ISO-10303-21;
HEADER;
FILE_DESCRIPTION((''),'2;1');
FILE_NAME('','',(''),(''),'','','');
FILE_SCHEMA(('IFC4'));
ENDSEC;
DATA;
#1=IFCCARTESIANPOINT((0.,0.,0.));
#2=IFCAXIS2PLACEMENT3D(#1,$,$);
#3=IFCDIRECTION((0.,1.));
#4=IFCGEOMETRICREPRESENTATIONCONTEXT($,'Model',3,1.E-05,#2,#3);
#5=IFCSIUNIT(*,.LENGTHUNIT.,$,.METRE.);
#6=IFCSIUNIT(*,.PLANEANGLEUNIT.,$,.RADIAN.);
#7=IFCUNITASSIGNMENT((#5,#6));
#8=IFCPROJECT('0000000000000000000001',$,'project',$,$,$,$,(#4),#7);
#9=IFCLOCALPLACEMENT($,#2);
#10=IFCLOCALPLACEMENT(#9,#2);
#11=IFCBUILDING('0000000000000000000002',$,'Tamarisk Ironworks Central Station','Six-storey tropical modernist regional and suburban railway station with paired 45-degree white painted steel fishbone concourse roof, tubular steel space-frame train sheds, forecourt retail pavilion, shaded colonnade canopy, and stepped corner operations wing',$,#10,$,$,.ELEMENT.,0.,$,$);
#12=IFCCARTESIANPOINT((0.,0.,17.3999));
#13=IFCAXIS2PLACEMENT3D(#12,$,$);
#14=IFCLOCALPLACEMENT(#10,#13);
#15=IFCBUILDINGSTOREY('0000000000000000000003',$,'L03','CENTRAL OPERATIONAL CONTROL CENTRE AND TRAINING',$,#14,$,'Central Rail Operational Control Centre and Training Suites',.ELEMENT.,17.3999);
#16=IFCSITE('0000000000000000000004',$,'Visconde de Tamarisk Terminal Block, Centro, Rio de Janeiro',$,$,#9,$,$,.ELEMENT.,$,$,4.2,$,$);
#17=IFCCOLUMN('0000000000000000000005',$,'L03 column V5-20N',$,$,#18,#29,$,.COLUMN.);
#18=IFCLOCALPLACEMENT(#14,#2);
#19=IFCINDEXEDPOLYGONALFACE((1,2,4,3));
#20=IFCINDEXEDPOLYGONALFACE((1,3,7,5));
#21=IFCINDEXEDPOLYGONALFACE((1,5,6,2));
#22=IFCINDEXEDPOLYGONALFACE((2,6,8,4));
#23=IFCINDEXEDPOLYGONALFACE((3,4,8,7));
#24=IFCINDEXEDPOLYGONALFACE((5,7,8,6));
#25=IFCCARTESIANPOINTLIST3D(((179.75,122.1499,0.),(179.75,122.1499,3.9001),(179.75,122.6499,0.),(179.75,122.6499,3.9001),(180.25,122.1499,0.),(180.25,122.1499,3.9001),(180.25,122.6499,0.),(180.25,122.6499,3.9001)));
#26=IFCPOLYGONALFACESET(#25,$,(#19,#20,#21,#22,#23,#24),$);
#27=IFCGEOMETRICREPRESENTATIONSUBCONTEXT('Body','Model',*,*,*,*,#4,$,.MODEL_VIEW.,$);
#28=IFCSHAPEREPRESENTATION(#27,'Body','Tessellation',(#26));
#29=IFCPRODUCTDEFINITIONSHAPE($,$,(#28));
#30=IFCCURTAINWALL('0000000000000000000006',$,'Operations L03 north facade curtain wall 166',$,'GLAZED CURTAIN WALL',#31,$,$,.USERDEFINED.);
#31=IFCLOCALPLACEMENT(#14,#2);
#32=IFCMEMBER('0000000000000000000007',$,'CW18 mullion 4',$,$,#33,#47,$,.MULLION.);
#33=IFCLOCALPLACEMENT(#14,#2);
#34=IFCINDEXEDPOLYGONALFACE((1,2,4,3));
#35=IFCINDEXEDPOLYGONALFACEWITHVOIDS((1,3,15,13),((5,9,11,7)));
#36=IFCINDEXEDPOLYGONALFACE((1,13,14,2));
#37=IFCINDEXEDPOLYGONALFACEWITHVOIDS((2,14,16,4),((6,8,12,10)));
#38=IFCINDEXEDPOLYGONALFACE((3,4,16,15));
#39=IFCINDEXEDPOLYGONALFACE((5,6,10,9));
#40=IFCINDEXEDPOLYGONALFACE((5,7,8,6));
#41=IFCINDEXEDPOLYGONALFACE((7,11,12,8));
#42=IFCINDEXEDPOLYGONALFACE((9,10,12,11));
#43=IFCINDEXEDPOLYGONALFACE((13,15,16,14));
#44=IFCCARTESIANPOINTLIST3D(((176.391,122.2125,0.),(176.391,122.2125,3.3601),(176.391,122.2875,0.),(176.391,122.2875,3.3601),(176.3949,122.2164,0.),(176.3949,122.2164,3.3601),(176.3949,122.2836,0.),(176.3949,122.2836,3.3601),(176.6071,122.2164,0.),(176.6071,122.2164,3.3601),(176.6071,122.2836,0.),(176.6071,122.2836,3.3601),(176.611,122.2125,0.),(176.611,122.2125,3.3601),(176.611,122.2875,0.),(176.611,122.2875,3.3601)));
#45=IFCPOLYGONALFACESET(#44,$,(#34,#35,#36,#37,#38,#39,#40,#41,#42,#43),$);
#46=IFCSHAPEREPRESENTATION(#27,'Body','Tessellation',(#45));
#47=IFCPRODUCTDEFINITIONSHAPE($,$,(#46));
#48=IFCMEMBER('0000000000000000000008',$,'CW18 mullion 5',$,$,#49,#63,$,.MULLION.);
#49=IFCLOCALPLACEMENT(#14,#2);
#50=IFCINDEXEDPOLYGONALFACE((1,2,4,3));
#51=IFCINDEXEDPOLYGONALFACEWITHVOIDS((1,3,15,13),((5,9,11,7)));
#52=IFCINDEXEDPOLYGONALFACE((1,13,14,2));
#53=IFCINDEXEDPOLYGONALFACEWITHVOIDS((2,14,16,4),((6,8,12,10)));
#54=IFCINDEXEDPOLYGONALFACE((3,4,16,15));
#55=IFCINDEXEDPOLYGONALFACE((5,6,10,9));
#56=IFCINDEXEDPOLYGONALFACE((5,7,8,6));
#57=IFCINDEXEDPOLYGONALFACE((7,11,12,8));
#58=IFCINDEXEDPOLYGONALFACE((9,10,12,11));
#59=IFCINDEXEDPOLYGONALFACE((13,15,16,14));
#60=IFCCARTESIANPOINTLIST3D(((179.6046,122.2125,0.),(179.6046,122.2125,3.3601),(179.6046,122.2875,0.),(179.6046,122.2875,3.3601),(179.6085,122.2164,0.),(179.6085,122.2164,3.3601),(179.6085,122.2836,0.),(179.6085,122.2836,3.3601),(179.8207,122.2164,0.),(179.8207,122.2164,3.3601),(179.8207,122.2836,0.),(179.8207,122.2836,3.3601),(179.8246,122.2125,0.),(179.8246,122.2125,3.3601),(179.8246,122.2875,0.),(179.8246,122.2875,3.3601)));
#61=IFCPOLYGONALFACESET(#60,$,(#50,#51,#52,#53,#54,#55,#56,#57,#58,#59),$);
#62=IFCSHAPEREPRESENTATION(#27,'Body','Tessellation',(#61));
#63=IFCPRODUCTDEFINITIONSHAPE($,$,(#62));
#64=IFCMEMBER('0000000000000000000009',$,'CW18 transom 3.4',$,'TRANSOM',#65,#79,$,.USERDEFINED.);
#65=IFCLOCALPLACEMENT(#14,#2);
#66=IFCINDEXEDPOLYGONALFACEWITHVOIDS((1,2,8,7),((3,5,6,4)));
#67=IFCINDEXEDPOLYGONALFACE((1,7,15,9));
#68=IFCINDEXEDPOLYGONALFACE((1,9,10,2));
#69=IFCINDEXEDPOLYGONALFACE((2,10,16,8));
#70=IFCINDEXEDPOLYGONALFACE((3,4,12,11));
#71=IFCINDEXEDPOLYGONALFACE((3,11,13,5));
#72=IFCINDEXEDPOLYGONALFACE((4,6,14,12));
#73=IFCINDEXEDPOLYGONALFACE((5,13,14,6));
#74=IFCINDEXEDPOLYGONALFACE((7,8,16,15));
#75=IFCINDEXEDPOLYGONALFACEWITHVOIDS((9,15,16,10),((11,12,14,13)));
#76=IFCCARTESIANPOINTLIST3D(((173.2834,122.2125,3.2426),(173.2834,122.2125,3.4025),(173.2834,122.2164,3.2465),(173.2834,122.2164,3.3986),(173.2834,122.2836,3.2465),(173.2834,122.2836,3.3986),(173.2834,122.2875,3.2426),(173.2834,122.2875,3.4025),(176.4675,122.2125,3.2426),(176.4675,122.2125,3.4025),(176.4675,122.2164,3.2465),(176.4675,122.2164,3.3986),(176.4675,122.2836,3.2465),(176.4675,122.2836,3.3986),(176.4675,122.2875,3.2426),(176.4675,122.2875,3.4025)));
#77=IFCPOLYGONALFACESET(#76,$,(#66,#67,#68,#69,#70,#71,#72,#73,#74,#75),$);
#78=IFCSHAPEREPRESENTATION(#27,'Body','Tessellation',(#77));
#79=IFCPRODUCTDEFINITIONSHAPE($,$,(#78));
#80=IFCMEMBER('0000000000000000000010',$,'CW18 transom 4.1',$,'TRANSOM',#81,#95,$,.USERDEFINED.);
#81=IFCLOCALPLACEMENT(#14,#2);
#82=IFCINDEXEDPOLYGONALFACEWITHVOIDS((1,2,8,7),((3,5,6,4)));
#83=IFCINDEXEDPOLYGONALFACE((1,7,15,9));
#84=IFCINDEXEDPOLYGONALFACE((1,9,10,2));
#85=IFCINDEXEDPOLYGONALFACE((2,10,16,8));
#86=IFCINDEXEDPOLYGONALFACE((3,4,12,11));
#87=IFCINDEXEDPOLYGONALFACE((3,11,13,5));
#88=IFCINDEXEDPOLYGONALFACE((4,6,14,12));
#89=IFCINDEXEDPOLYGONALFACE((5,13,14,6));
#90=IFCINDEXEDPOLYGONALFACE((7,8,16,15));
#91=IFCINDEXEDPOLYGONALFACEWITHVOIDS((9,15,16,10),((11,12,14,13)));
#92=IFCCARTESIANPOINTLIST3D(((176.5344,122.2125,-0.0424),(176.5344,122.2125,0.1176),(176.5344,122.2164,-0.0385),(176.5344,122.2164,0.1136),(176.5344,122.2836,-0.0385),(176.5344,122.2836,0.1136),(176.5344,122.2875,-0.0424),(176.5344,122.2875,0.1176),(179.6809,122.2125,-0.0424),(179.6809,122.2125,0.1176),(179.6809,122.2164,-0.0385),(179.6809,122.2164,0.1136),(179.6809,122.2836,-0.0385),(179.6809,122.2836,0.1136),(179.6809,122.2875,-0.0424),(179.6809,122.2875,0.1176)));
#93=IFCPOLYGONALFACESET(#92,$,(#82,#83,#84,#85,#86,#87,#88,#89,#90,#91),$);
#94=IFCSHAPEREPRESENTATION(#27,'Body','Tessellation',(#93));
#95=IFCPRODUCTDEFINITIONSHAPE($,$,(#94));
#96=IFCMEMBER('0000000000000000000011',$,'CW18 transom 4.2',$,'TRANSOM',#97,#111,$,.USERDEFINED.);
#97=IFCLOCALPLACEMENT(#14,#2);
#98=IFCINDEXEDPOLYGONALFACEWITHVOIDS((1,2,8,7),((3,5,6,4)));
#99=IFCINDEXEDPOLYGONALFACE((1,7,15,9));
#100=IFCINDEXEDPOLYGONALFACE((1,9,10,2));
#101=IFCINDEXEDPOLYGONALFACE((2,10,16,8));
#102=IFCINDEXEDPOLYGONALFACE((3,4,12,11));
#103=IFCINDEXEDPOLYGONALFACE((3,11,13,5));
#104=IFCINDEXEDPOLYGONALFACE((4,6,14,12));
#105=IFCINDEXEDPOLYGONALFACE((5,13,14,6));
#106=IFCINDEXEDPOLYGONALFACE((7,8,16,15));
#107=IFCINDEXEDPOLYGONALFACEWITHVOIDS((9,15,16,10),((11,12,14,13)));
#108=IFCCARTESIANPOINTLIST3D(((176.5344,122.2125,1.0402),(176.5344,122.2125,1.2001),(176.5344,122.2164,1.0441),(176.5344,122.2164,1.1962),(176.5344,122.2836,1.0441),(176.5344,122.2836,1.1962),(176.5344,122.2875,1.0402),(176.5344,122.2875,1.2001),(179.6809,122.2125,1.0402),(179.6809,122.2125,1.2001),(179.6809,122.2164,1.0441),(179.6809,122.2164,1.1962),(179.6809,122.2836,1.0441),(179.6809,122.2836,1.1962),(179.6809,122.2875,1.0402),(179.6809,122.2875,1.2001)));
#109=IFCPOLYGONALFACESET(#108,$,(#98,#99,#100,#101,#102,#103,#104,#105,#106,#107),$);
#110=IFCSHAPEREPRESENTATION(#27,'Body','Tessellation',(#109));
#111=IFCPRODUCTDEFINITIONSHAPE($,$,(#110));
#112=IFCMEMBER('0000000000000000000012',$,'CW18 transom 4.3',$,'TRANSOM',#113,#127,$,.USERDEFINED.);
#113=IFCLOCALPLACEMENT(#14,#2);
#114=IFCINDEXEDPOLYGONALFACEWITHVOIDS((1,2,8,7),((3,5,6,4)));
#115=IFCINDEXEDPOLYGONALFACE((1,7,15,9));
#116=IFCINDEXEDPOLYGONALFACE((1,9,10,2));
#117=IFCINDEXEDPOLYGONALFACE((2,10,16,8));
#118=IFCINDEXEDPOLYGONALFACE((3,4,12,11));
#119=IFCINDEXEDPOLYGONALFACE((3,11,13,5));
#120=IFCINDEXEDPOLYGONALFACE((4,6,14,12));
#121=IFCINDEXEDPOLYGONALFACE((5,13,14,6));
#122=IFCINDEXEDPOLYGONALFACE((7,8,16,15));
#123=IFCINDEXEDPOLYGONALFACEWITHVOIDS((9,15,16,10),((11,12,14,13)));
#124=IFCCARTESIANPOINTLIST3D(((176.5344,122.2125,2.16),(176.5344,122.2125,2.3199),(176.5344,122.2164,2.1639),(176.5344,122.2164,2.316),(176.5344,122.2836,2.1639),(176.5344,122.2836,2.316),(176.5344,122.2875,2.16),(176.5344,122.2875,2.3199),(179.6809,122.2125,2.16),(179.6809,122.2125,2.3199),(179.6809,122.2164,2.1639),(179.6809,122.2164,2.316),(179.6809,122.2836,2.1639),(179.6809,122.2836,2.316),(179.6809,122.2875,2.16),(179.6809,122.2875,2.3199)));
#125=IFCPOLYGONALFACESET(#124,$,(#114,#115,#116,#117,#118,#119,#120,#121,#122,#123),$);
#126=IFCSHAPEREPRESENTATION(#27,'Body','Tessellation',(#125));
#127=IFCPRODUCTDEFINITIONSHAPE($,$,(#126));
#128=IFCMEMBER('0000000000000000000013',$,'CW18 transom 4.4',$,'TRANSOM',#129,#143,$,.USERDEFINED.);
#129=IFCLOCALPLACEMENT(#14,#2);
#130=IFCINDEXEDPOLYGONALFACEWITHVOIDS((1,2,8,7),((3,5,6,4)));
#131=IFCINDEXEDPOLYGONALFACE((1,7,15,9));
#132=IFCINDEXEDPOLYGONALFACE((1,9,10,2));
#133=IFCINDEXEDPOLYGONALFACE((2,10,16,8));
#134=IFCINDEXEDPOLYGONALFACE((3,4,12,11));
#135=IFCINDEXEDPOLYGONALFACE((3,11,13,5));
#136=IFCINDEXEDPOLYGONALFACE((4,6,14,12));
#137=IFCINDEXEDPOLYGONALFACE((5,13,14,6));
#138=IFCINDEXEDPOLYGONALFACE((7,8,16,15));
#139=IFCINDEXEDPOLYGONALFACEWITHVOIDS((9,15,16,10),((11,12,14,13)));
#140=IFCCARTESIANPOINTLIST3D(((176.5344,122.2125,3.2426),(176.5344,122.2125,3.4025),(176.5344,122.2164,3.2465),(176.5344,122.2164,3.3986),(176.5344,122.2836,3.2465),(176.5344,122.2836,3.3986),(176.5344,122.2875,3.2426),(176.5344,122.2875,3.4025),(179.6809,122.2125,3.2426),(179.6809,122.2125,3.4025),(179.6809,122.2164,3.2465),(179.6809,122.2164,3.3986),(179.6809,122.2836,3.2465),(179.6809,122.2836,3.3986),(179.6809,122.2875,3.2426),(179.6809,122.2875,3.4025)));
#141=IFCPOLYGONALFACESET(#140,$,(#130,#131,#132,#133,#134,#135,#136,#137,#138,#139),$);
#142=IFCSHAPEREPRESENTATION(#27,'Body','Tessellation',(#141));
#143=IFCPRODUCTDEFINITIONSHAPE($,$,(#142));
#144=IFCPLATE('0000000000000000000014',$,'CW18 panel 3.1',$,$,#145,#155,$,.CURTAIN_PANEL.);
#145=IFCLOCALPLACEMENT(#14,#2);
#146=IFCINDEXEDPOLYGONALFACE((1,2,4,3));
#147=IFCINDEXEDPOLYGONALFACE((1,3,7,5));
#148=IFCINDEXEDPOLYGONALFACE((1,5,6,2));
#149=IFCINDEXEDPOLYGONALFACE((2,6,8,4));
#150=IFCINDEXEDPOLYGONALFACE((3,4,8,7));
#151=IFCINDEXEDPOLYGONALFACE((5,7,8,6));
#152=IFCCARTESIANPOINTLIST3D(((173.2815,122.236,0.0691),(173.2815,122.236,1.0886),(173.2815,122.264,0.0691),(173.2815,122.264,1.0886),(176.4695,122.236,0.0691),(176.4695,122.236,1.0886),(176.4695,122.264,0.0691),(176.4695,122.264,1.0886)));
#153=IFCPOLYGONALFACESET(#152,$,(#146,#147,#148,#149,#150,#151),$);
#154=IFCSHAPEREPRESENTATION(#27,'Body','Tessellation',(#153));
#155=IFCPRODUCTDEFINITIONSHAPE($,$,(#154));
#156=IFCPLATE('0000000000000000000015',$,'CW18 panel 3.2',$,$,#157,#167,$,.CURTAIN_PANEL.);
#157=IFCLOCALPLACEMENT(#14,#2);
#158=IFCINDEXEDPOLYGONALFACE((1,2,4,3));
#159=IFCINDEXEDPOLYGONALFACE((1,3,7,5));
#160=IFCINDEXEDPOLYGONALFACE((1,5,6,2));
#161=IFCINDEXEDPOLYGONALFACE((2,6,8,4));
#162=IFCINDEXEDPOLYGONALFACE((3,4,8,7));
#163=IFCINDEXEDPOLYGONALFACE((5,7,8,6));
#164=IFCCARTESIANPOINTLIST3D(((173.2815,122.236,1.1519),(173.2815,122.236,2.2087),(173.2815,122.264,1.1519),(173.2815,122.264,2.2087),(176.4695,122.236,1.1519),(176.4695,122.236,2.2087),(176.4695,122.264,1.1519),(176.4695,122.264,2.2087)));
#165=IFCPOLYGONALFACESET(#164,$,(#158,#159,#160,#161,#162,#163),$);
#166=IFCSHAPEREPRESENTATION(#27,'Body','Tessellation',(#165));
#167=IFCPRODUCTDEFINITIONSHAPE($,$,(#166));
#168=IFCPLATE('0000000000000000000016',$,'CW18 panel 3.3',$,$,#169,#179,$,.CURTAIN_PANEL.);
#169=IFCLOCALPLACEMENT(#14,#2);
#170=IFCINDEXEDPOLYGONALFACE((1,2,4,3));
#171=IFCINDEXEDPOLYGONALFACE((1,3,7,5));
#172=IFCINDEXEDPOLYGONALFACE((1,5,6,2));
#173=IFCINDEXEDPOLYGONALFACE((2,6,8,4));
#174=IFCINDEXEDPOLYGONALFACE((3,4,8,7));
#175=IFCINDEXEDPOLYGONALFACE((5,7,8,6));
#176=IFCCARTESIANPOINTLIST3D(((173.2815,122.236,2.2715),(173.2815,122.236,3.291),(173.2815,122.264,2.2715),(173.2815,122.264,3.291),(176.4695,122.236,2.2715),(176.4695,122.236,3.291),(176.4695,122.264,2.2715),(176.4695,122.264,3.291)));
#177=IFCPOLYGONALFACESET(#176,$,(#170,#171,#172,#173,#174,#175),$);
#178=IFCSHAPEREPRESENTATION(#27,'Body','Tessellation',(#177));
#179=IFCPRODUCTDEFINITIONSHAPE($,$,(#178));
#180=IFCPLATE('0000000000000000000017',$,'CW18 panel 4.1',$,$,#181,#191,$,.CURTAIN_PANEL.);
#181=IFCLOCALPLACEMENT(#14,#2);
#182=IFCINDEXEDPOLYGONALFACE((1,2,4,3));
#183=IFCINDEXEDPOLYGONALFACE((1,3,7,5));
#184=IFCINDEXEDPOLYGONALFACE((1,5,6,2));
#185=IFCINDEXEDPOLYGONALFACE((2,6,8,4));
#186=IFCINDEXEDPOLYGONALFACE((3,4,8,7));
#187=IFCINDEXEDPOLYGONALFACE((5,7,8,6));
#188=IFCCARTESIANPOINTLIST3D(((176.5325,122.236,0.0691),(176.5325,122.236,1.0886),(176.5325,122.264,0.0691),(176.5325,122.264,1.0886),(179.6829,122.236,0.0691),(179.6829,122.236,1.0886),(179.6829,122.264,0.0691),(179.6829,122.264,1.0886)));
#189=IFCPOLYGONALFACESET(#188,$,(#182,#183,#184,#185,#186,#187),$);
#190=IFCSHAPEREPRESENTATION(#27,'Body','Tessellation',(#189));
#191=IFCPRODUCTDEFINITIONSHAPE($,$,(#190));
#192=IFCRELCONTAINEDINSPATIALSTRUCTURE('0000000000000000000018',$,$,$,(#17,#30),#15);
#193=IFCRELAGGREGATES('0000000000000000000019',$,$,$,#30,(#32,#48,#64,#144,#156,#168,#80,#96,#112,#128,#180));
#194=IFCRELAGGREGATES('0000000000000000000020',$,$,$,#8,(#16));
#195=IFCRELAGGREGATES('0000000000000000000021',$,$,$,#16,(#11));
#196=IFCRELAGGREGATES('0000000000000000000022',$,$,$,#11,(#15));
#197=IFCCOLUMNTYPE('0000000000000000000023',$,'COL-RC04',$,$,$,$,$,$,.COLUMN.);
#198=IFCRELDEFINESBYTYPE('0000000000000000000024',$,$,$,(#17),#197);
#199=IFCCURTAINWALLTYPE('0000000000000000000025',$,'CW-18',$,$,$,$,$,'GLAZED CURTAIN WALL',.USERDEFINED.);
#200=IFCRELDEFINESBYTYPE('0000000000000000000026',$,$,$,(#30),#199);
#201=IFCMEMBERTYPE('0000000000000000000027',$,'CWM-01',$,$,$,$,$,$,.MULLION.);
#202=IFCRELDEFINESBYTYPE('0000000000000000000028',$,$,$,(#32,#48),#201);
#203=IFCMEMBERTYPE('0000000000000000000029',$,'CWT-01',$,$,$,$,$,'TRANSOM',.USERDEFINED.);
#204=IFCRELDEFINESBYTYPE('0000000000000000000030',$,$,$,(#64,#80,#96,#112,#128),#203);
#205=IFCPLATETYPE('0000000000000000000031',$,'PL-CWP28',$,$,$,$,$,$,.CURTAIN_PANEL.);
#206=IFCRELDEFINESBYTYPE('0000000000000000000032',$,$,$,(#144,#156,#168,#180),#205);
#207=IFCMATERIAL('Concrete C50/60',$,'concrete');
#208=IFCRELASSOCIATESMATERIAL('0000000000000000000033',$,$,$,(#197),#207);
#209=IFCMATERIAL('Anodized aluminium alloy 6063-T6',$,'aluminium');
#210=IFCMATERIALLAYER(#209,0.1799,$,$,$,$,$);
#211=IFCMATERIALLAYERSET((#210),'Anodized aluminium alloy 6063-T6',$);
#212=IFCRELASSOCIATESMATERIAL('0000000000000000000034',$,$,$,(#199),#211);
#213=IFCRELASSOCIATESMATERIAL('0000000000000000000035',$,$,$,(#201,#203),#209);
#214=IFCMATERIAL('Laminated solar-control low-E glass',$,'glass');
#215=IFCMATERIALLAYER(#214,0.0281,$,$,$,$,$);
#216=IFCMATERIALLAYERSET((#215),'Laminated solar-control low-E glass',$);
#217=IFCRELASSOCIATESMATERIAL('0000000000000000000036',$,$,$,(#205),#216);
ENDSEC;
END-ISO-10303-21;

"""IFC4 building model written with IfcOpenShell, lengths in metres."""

from ifc_helpers import new_model, si_unit, direction, frame, origin, origin_2d, place, context, subcontext, project, spatial, rectangle, hollow_rectangle, extrude, material, layer, layer_set, material_profile, profile_set, type_object, element, aggregate, save


model = new_model("IFC4")

# Units and contexts
model_context = context("Model", 3, precision=1e-05, world=origin(), true_north=direction((0.0, 1.0)))
body_context = subcontext(model_context, "Body", "Model", "MODEL_VIEW")
ifc_project = project(units=[si_unit("LENGTHUNIT", "METRE"), si_unit("PLANEANGLEUNIT", "RADIAN")], contexts=[model_context])

# Site, building, storey
site_placement = place(None, origin())
site = spatial("IfcSite", under=ifc_project, at=site_placement, Name="Visconde de Tamarisk Terminal Block, Centro, Rio de Janeiro", CompositionType="ELEMENT", RefElevation=4.2)
building_placement = place(site_placement, origin())
building = spatial("IfcBuilding", under=site, at=building_placement, Name="Tamarisk Ironworks Central Station", Description="Six-storey tropical modernist regional and suburban railway station with paired 45-degree white painted steel fishbone concourse roof, tubular steel space-frame train sheds, forecourt retail pavilion, shaded colonnade canopy, and stepped corner operations wing", CompositionType="ELEMENT", ElevationOfRefHeight=0.0)
storey_placement = place(building_placement, frame((0.0, 0.0, 17.3999)))
storey = spatial("IfcBuildingStorey", under=building, at=storey_placement, Name="L03", Description="CENTRAL OPERATIONAL CONTROL CENTRE AND TRAINING", LongName="Central Rail Operational Control Centre and Training Suites", CompositionType="ELEMENT", Elevation=17.3999)

# Column
ifc_material_1 = material(Name="Concrete C50/60", Category="concrete")
ifc_material_profile_1 = material_profile(ifc_material_1, rectangle(XDim=0.5, YDim=0.5, at=origin_2d()), Name="RC 500x500")
ifc_profile_set_1 = profile_set([ifc_material_profile_1], Name="Concrete C50/60")
column_type = type_object("IfcColumnType", Name="COL-RC04", PredefinedType="COLUMN", material=ifc_profile_set_1)
column_placement = place(storey_placement, frame((180.0, 122.3999, 0.0), z_axis=(0.0, 0.0, 1.0), x_axis=(1.0, 0.0, 0.0)))
element("IfcColumn", 1, at=column_placement, inside=storey, type_object=column_type, Name="L03 column V5-20N", PredefinedType="COLUMN", context=body_context, shape_type="SweptSolid", body=[
    extrude(rectangle(XDim=0.5, YDim=0.5, at=origin_2d()), origin(), (0.0, 0.0, 1.0), 3.9001),
])

# Curtain wall, members, plates
ifc_material_2 = material(Name="Anodized aluminium alloy 6063-T6", Category="aluminium")
ifc_layer_1 = layer(ifc_material_2, 0.1799)
ifc_layer_set_1 = layer_set([ifc_layer_1], Name="Anodized aluminium alloy 6063-T6")
curtain_wall_type = type_object("IfcCurtainWallType", Name="CW-18", ElementType="GLAZED CURTAIN WALL", PredefinedType="USERDEFINED", material=ifc_layer_set_1)
curtain_wall_placement = place(storey_placement, origin())
curtain_wall = element("IfcCurtainWall", 2, at=curtain_wall_placement, inside=storey, type_object=curtain_wall_type, Name="Operations L03 north facade curtain wall 166", ObjectType="GLAZED CURTAIN WALL", PredefinedType="USERDEFINED")
ifc_material_profile_2 = material_profile(ifc_material_2, hollow_rectangle(XDim=0.075, YDim=0.22, WallThickness=0.0039, at=origin_2d()), Name="ALUM 220x75")
ifc_profile_set_2 = profile_set([ifc_material_profile_2], Name="Anodized aluminium alloy 6063-T6")
member_type_1 = type_object("IfcMemberType", Name="CWM-01", PredefinedType="MULLION", material=ifc_profile_set_2)
member_1_placement = place(storey_placement, frame((176.501, 122.25, 0.0), z_axis=(0.0, 0.0, 1.0), x_axis=(0.0, 1.0, 0.0)))
member_1 = element("IfcMember", 3, at=member_1_placement, type_object=member_type_1, Name="CW18 mullion 4", PredefinedType="MULLION", context=body_context, shape_type="SweptSolid", body=[
    extrude(hollow_rectangle(XDim=0.075, YDim=0.22, WallThickness=0.0039, at=origin_2d()), origin(), (0.0, 0.0, 1.0), 3.3601),
])
member_2_placement = place(storey_placement, frame((179.7146, 122.25, 0.0), z_axis=(0.0, 0.0, 1.0), x_axis=(0.0, 1.0, 0.0)))
member_2 = element("IfcMember", 4, at=member_2_placement, type_object=member_type_1, Name="CW18 mullion 5", PredefinedType="MULLION", context=body_context, shape_type="SweptSolid", body=[
    extrude(hollow_rectangle(XDim=0.075, YDim=0.22, WallThickness=0.0039, at=origin_2d()), origin(), (0.0, 0.0, 1.0), 3.3601),
])
ifc_material_profile_3 = material_profile(ifc_material_2, hollow_rectangle(XDim=0.075, YDim=0.1599, WallThickness=0.0039, at=origin_2d()), Name="ALUM 160x75")
ifc_profile_set_3 = profile_set([ifc_material_profile_3], Name="Anodized aluminium alloy 6063-T6")
member_type_2 = type_object("IfcMemberType", Name="CWT-01", ElementType="TRANSOM", PredefinedType="USERDEFINED", material=ifc_profile_set_3)
member_3_placement = place(storey_placement, frame((173.2834, 122.25, 3.3225), z_axis=(1.0, 0.0, 0.0), x_axis=(0.0, 1.0, 0.0)))
member_3 = element("IfcMember", 5, at=member_3_placement, type_object=member_type_2, Name="CW18 transom 3.4", ObjectType="TRANSOM", PredefinedType="USERDEFINED", context=body_context, shape_type="SweptSolid", body=[
    extrude(hollow_rectangle(XDim=0.075, YDim=0.1599, WallThickness=0.0039, at=origin_2d()), origin(), (0.0, 0.0, 1.0), 3.1841),
])
member_4_placement = place(storey_placement, frame((176.5344, 122.25, 0.0376), z_axis=(1.0, 0.0, 0.0), x_axis=(0.0, 1.0, 0.0)))
member_4 = element("IfcMember", 6, at=member_4_placement, type_object=member_type_2, Name="CW18 transom 4.1", ObjectType="TRANSOM", PredefinedType="USERDEFINED", context=body_context, shape_type="SweptSolid", body=[
    extrude(hollow_rectangle(XDim=0.075, YDim=0.1599, WallThickness=0.0039, at=origin_2d()), origin(), (0.0, 0.0, 1.0), 3.1465),
])
member_5_placement = place(storey_placement, frame((176.5344, 122.25, 1.1201), z_axis=(1.0, 0.0, 0.0), x_axis=(0.0, 1.0, 0.0)))
member_5 = element("IfcMember", 7, at=member_5_placement, type_object=member_type_2, Name="CW18 transom 4.2", ObjectType="TRANSOM", PredefinedType="USERDEFINED", context=body_context, shape_type="SweptSolid", body=[
    extrude(hollow_rectangle(XDim=0.075, YDim=0.1599, WallThickness=0.0039, at=origin_2d()), origin(), (0.0, 0.0, 1.0), 3.1465),
])
member_6_placement = place(storey_placement, frame((176.5344, 122.25, 2.24), z_axis=(1.0, 0.0, 0.0), x_axis=(0.0, 1.0, 0.0)))
member_6 = element("IfcMember", 8, at=member_6_placement, type_object=member_type_2, Name="CW18 transom 4.3", ObjectType="TRANSOM", PredefinedType="USERDEFINED", context=body_context, shape_type="SweptSolid", body=[
    extrude(hollow_rectangle(XDim=0.075, YDim=0.1599, WallThickness=0.0039, at=origin_2d()), origin(), (0.0, 0.0, 1.0), 3.1465),
])
member_7_placement = place(storey_placement, frame((176.5344, 122.25, 3.3225), z_axis=(1.0, 0.0, 0.0), x_axis=(0.0, 1.0, 0.0)))
member_7 = element("IfcMember", 9, at=member_7_placement, type_object=member_type_2, Name="CW18 transom 4.4", ObjectType="TRANSOM", PredefinedType="USERDEFINED", context=body_context, shape_type="SweptSolid", body=[
    extrude(hollow_rectangle(XDim=0.075, YDim=0.1599, WallThickness=0.0039, at=origin_2d()), origin(), (0.0, 0.0, 1.0), 3.1465),
])
ifc_material_3 = material(Name="Laminated solar-control low-E glass", Category="glass")
ifc_layer_2 = layer(ifc_material_3, 0.0281)
ifc_layer_set_2 = layer_set([ifc_layer_2], Name="Laminated solar-control low-E glass")
plate_type = type_object("IfcPlateType", Name="PL-CWP28", PredefinedType="CURTAIN_PANEL", material=ifc_layer_set_2)
plate_1_placement = place(storey_placement, frame((174.8755, 122.25, 0.0691), z_axis=(0.0, 0.0, 1.0), x_axis=(1.0, 0.0, 0.0)))
plate_1 = element("IfcPlate", 10, at=plate_1_placement, type_object=plate_type, Name="CW18 panel 3.1", PredefinedType="CURTAIN_PANEL", context=body_context, shape_type="SweptSolid", body=[
    extrude(rectangle(XDim=3.188, YDim=0.0281, at=origin_2d()), origin(), (0.0, 0.0, 1.0), 1.0195),
])
plate_2_placement = place(storey_placement, frame((174.8755, 122.25, 1.1519), z_axis=(0.0, 0.0, 1.0), x_axis=(1.0, 0.0, 0.0)))
plate_2 = element("IfcPlate", 11, at=plate_2_placement, type_object=plate_type, Name="CW18 panel 3.2", PredefinedType="CURTAIN_PANEL", context=body_context, shape_type="SweptSolid", body=[
    extrude(rectangle(XDim=3.188, YDim=0.0281, at=origin_2d()), origin(), (0.0, 0.0, 1.0), 1.0569),
])
plate_3_placement = place(storey_placement, frame((174.8755, 122.25, 2.2715), z_axis=(0.0, 0.0, 1.0), x_axis=(1.0, 0.0, 0.0)))
plate_3 = element("IfcPlate", 12, at=plate_3_placement, type_object=plate_type, Name="CW18 panel 3.3", PredefinedType="CURTAIN_PANEL", context=body_context, shape_type="SweptSolid", body=[
    extrude(rectangle(XDim=3.188, YDim=0.0281, at=origin_2d()), origin(), (0.0, 0.0, 1.0), 1.0195),
])
plate_4_placement = place(storey_placement, frame((178.1077, 122.25, 0.0691), z_axis=(0.0, 0.0, 1.0), x_axis=(1.0, 0.0, 0.0)))
plate_4 = element("IfcPlate", 13, at=plate_4_placement, type_object=plate_type, Name="CW18 panel 4.1", PredefinedType="CURTAIN_PANEL", context=body_context, shape_type="SweptSolid", body=[
    extrude(rectangle(XDim=3.1504, YDim=0.0281, at=origin_2d()), origin(), (0.0, 0.0, 1.0), 1.0195),
])
aggregate(curtain_wall, [member_1, member_2, member_3, plate_1, plate_2, plate_3, member_4, member_5, member_6, member_7, plate_4])

save(model, "model.ifc")
